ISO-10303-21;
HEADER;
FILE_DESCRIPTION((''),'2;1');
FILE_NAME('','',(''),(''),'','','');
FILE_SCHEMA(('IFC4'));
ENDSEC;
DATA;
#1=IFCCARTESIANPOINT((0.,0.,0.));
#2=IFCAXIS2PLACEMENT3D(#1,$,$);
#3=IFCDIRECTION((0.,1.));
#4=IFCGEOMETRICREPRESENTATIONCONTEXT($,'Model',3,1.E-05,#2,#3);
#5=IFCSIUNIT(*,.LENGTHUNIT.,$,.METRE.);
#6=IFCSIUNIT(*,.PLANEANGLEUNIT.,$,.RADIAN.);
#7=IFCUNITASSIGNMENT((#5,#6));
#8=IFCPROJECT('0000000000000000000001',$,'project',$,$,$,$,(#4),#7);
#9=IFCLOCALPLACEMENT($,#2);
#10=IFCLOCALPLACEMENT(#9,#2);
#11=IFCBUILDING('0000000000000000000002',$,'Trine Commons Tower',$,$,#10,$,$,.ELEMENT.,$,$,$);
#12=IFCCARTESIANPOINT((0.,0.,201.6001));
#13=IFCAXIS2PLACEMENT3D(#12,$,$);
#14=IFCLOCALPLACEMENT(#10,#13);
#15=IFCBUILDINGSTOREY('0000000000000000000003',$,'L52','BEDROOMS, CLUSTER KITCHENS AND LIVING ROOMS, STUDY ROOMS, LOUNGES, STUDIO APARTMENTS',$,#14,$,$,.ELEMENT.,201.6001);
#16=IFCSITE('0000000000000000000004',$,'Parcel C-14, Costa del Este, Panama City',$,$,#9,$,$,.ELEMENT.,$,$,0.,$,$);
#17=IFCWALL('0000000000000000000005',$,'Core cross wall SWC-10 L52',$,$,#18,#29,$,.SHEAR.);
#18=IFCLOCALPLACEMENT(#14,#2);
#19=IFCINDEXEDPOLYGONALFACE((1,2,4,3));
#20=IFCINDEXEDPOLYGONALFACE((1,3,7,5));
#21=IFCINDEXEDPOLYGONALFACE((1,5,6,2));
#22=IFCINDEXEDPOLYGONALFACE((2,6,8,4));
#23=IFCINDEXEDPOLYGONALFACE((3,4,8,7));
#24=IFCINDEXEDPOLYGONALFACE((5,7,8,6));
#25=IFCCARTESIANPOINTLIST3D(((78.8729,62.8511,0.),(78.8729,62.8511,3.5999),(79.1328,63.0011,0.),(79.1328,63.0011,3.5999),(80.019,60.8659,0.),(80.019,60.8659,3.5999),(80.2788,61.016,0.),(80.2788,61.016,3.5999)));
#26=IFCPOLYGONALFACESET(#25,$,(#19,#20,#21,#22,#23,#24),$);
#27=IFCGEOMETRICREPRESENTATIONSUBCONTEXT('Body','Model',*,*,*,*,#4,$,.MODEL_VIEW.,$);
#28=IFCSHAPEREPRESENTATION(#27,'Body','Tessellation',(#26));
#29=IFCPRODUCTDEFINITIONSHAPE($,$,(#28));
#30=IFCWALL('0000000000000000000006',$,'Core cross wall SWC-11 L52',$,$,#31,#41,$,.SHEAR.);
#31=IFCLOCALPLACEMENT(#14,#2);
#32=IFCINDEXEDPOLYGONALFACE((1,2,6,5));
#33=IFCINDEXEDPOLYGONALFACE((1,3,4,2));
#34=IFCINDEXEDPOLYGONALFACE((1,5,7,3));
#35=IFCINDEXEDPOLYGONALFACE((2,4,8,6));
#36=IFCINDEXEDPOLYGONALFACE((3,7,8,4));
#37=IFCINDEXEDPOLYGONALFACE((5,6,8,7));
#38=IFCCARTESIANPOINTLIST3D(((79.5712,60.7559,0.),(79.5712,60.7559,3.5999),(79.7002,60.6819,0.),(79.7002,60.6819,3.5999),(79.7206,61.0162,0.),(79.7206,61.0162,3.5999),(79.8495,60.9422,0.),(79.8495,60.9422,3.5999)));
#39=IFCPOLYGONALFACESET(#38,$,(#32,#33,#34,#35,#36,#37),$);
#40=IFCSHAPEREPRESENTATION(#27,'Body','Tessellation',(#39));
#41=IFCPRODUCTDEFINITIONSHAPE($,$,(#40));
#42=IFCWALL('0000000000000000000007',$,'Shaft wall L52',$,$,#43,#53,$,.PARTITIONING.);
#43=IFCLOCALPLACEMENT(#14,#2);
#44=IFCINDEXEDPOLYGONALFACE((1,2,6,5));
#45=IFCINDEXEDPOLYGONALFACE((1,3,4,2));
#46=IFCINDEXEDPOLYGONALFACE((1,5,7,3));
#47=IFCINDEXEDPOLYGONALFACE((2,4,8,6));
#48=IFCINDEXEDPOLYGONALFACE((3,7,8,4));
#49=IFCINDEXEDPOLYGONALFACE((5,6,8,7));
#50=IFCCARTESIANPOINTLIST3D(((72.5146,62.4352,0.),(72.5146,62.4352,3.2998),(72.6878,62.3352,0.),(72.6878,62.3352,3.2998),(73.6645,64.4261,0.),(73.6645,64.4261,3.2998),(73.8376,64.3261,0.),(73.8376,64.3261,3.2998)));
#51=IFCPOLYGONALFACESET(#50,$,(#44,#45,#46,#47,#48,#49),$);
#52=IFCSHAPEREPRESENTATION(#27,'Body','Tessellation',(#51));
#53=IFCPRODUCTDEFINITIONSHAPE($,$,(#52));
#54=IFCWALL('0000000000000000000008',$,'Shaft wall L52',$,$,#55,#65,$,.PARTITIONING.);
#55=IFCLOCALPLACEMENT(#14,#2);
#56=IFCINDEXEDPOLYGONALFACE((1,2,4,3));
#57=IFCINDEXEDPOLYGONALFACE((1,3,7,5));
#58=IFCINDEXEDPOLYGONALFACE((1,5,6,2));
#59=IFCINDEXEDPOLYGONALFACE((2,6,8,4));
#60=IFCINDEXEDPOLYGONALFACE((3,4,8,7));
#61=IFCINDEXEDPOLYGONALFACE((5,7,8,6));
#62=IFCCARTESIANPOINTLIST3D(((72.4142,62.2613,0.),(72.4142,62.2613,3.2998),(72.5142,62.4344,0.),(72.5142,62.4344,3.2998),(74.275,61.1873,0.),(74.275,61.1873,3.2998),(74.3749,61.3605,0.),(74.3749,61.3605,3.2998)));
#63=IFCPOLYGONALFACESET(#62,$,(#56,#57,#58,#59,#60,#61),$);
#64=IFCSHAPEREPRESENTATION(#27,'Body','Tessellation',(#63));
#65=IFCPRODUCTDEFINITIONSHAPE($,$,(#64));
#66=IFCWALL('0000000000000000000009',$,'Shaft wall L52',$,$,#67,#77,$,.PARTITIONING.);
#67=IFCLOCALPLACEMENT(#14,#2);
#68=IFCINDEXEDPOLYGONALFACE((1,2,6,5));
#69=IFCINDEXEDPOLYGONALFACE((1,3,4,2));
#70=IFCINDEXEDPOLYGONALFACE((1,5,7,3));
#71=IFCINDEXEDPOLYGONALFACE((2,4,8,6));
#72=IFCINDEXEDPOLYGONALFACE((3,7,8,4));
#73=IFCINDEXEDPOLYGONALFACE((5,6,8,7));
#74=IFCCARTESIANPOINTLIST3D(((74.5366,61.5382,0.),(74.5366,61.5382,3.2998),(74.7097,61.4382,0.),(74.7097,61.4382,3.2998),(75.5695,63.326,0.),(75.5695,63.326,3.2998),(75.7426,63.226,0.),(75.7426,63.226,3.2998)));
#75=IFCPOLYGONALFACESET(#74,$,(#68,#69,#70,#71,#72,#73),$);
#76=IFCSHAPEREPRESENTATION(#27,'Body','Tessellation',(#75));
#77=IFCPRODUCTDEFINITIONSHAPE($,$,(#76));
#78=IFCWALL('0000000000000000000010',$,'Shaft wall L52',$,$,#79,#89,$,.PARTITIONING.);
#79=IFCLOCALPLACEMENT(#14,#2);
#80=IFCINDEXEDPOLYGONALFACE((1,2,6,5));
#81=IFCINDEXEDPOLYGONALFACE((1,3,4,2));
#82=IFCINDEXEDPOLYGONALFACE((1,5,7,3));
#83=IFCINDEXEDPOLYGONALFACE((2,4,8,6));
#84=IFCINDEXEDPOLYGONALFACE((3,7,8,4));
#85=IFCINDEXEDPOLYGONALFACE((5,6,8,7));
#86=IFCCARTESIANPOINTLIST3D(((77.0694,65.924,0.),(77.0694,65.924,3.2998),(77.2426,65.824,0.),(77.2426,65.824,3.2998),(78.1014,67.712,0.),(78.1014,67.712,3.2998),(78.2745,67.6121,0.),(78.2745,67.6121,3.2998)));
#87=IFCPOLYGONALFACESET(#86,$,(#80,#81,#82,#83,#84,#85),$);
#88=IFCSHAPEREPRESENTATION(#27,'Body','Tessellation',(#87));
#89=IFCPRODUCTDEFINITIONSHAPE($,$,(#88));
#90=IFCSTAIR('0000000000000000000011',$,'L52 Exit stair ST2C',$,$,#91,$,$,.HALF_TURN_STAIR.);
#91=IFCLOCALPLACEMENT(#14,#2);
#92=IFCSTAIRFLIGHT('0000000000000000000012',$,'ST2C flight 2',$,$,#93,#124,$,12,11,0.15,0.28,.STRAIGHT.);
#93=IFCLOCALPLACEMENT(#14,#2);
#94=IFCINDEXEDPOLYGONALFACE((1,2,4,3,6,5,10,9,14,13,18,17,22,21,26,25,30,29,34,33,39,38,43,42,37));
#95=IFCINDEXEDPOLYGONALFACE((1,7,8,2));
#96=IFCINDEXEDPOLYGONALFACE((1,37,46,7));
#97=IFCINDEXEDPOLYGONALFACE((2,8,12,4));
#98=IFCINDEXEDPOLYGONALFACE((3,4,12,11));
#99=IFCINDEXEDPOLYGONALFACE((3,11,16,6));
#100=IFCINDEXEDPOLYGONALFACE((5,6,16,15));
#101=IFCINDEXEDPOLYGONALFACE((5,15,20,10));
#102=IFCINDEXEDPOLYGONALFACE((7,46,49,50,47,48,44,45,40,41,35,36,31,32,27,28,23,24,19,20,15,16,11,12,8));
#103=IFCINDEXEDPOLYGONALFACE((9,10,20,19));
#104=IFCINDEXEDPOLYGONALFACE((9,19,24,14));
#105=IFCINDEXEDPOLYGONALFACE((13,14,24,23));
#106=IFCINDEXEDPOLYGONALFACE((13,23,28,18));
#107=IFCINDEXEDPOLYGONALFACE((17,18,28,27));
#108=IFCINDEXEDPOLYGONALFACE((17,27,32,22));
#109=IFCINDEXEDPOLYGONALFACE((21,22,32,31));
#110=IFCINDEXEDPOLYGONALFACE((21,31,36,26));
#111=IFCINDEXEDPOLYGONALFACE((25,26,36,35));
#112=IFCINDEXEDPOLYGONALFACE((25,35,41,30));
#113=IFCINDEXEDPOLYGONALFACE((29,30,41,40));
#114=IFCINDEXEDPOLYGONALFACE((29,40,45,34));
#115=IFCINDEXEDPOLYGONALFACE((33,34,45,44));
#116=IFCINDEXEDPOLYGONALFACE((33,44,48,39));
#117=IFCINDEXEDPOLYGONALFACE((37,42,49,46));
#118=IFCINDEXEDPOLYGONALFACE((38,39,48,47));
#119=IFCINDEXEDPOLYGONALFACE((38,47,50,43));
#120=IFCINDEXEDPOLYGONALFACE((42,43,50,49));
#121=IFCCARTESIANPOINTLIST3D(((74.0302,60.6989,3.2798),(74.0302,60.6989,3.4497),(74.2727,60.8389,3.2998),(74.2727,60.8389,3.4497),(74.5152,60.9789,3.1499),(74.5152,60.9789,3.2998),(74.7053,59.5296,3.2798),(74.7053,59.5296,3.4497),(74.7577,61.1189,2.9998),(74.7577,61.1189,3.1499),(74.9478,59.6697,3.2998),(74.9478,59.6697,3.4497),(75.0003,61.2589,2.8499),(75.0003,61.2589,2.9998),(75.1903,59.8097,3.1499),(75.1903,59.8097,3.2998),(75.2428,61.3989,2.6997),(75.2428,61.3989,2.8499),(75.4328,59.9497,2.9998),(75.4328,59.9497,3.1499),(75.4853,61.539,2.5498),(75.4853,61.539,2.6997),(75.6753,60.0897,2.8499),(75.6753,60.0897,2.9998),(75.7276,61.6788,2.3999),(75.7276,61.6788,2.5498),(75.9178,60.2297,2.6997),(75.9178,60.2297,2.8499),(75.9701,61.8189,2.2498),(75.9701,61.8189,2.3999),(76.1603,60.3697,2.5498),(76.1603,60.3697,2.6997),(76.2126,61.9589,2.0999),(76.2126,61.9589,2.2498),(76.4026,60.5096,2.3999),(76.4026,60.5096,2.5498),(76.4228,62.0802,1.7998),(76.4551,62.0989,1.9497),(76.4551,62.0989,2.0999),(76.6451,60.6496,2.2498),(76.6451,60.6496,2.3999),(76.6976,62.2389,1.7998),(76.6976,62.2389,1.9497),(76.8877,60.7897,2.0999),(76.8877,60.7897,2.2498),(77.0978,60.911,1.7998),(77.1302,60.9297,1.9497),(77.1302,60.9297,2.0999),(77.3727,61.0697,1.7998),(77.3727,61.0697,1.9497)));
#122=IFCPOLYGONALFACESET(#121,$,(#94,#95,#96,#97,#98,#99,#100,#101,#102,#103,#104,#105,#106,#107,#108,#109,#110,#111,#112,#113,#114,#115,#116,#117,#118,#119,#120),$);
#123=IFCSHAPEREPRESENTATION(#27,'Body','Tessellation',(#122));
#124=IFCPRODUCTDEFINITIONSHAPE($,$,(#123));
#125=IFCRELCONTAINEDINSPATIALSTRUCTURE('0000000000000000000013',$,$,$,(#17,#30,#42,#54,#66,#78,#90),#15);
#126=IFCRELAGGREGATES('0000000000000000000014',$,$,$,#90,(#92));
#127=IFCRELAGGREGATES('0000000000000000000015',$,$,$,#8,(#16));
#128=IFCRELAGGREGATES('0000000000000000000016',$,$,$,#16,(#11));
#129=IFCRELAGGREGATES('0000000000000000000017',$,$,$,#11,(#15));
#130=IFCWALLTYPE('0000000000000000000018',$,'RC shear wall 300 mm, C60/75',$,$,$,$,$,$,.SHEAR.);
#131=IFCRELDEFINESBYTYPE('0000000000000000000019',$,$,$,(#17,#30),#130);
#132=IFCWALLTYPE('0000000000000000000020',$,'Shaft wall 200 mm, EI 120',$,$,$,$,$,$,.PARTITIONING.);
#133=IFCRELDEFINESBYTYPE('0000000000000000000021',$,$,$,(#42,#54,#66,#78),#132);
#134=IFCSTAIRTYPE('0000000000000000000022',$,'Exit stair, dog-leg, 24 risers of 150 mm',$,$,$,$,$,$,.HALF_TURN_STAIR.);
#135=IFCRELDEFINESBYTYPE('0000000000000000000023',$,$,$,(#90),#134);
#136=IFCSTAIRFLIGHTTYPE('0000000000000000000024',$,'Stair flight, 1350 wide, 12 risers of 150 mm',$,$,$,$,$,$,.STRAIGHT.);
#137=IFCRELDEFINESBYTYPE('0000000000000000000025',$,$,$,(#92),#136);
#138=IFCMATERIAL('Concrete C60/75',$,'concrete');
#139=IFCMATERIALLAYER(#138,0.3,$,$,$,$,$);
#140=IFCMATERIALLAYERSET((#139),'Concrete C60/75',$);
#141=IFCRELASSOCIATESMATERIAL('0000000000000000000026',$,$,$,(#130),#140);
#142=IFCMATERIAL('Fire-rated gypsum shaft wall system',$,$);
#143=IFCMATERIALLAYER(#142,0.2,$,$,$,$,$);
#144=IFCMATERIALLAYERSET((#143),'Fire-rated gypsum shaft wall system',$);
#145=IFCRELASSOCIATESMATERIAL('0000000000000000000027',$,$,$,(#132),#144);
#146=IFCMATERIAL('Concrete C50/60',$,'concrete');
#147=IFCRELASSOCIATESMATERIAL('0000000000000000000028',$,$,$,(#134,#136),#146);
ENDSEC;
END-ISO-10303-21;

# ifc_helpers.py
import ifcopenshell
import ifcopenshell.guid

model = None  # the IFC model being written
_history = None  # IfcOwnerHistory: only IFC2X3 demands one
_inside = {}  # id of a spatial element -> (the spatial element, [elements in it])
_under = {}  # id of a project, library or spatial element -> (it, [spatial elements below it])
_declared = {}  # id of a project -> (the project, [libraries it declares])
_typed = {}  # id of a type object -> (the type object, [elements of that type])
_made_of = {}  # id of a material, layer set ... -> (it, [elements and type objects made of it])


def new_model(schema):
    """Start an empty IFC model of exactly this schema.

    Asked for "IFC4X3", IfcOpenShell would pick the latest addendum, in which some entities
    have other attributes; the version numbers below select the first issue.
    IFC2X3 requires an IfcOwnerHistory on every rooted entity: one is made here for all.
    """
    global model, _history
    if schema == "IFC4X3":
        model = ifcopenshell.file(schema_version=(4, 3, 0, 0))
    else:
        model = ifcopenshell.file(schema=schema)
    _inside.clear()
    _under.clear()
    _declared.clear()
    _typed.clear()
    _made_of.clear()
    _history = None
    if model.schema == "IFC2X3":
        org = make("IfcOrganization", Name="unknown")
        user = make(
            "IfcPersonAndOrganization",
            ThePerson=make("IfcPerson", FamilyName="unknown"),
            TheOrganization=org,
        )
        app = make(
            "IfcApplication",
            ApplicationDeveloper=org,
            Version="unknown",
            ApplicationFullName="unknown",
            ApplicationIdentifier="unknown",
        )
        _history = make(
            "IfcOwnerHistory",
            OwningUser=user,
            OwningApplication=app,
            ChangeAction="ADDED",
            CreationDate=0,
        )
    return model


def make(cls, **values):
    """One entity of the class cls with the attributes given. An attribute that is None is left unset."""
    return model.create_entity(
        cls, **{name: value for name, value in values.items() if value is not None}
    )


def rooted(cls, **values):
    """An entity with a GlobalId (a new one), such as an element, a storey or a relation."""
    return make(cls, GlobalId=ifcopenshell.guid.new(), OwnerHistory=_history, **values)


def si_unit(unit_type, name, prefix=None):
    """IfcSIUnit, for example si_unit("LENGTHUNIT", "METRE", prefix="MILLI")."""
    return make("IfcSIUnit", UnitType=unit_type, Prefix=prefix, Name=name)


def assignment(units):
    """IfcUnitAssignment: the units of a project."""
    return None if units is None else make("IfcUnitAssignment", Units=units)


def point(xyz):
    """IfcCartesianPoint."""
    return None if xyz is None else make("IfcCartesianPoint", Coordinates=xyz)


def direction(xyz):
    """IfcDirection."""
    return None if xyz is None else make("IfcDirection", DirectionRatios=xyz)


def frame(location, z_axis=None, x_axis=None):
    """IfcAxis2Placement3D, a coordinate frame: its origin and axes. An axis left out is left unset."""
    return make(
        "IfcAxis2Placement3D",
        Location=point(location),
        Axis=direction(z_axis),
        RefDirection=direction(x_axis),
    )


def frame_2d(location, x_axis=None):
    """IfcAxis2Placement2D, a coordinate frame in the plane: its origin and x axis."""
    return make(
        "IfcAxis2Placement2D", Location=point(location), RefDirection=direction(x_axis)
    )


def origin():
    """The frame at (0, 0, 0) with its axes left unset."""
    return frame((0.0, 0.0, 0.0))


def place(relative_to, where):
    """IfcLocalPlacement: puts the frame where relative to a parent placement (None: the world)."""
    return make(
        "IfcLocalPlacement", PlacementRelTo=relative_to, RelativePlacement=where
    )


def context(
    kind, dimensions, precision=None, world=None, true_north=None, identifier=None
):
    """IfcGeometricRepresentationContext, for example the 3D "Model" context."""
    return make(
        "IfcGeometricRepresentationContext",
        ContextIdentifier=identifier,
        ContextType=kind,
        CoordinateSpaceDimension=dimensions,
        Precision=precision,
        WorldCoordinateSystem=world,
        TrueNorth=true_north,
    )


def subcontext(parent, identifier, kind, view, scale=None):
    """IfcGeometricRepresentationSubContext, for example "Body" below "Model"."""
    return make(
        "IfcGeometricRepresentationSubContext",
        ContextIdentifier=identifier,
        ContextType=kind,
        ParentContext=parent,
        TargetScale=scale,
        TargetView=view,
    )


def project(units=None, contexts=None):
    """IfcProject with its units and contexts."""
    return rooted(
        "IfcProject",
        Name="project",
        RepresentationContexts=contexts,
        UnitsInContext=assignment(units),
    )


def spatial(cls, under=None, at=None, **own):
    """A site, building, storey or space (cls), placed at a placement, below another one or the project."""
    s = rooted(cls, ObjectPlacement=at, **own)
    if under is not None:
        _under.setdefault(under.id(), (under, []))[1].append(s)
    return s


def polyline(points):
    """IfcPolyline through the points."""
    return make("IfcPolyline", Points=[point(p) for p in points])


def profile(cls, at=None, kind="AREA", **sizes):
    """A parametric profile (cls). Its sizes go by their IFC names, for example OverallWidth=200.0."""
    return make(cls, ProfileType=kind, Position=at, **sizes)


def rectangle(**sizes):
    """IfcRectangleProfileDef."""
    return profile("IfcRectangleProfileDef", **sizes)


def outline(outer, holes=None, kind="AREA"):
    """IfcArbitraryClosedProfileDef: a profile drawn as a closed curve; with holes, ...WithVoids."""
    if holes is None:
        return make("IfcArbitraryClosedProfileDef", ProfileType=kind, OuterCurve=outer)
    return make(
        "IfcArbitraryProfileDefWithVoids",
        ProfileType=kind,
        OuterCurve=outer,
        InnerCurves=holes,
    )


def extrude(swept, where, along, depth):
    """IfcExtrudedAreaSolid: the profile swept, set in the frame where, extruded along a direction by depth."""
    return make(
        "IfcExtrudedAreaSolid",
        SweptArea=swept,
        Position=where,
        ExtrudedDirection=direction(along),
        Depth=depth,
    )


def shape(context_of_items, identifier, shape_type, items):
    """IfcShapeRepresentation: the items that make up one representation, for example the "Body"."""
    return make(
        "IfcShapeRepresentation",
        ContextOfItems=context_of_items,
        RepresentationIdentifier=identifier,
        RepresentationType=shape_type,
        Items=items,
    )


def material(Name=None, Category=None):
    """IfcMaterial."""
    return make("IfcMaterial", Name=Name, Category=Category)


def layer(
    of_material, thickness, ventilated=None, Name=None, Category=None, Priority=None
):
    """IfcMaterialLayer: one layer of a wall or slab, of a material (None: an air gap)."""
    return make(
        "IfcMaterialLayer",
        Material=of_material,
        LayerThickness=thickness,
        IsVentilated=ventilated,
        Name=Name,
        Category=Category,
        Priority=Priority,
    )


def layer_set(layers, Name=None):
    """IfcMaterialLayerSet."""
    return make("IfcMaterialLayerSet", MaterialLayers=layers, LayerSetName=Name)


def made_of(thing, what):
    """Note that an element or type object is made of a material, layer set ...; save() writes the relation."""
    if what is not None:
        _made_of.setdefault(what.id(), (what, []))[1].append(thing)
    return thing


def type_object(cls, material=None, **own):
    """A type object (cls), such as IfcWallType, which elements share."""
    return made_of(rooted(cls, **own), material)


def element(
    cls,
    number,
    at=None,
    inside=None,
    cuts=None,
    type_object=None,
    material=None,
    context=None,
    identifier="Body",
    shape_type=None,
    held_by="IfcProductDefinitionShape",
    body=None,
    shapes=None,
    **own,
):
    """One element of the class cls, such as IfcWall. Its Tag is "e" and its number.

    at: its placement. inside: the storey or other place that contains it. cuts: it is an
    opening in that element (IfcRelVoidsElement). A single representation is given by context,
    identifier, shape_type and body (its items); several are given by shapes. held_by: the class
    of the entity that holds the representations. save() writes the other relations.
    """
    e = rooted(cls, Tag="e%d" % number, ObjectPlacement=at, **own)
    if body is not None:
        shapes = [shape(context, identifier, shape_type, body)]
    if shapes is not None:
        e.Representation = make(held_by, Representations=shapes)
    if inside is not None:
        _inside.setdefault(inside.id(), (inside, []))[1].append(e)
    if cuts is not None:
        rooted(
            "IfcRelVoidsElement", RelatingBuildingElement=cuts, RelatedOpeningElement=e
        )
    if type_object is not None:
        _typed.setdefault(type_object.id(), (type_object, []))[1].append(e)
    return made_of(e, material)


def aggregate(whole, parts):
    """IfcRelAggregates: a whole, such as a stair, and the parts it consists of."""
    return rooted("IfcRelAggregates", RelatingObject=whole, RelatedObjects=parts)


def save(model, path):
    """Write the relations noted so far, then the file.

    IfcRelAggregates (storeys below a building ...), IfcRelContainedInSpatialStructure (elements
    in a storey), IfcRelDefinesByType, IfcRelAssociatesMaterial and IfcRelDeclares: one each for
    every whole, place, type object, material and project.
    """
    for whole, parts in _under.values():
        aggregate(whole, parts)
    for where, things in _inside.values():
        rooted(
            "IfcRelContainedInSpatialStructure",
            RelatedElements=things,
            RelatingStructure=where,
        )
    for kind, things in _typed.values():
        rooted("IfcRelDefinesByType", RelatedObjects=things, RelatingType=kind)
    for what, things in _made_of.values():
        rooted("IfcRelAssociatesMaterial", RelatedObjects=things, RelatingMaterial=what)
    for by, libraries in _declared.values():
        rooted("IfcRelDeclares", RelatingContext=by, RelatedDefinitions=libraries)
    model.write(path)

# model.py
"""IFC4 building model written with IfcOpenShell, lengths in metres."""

from ifc_helpers import new_model, si_unit, direction, frame, frame_2d, origin, place, context, subcontext, project, spatial, polyline, rectangle, outline, extrude, material, layer, layer_set, type_object, element, aggregate, save


model = new_model("IFC4")

# Units and contexts
model_context = context("Model", 3, precision=1e-05, world=origin(), true_north=direction((0.0, 1.0)))
body_context = subcontext(model_context, "Body", "Model", "MODEL_VIEW")
ifc_project = project(units=[si_unit("LENGTHUNIT", "METRE"), si_unit("PLANEANGLEUNIT", "RADIAN")], contexts=[model_context])

# Site, building, storey
site_placement = place(None, origin())
site = spatial("IfcSite", under=ifc_project, at=site_placement, Name="Parcel C-14, Costa del Este, Panama City", CompositionType="ELEMENT", RefElevation=0.0)
building_placement = place(site_placement, origin())
building = spatial("IfcBuilding", under=site, at=building_placement, Name="Trine Commons Tower", CompositionType="ELEMENT")
storey_placement = place(building_placement, frame((0.0, 0.0, 201.6001)))
storey = spatial("IfcBuildingStorey", under=building, at=storey_placement, Name="L52", Description="BEDROOMS, CLUSTER KITCHENS AND LIVING ROOMS, STUDY ROOMS, LOUNGES, STUDIO APARTMENTS", CompositionType="ELEMENT", Elevation=201.6001)

# Shared definitions
ifc_material_1 = material(Name="Fire-rated gypsum shaft wall system")
ifc_material_2 = material(Name="Concrete C60/75", Category="concrete")
ifc_layer_1 = layer(ifc_material_2, 0.3)
ifc_layer_set_1 = layer_set([ifc_layer_1], Name="Concrete C60/75")
wall_type_1 = type_object("IfcWallType", Name="RC shear wall 300 mm, C60/75", PredefinedType="SHEAR", material=ifc_layer_set_1)

# Walls
wall_1_placement = place(storey_placement, frame((79.0029, 62.926, 0.0), z_axis=(0.0, 0.0, 1.0), x_axis=(0.499965, -0.866045, 0.0)))
element("IfcWall", 1, at=wall_1_placement, inside=storey, type_object=wall_type_1, Name="Core cross wall SWC-10 L52", PredefinedType="SHEAR", context=body_context, shape_type="SweptSolid", body=[
    extrude(rectangle(XDim=2.2922, YDim=0.3, at=frame_2d((1.146, 0.0))), origin(), (0.0, 0.0, 1.0), 3.5999),
])
wall_2_placement = place(storey_placement, frame((79.646, 60.886, 0.0), z_axis=(0.0, 0.0, 1.0), x_axis=(0.867332, -0.49773, 0.0)))
element("IfcWall", 2, at=wall_2_placement, inside=storey, type_object=wall_type_1, Name="Core cross wall SWC-11 L52", PredefinedType="SHEAR", context=body_context, shape_type="SweptSolid", body=[
    extrude(rectangle(XDim=0.1487, YDim=0.3, at=frame_2d((0.0742, 0.0))), origin(), (0.0, 0.0, 1.0), 3.5999),
])
ifc_layer_2 = layer(ifc_material_1, 0.2)
ifc_layer_set_2 = layer_set([ifc_layer_2], Name="Fire-rated gypsum shaft wall system")
wall_type_2 = type_object("IfcWallType", Name="Shaft wall 200 mm, EI 120", PredefinedType="PARTITIONING", material=ifc_layer_set_2)
wall_3_placement = place(storey_placement, frame((73.751, 64.376, 0.0), z_axis=(0.0, 0.0, 1.0), x_axis=(-0.500136, -0.865947, 0.0)))
element("IfcWall", 3, at=wall_3_placement, inside=storey, type_object=wall_type_2, Name="Shaft wall L52", PredefinedType="PARTITIONING", context=body_context, shape_type="SweptSolid", body=[
    extrude(rectangle(XDim=2.2991, YDim=0.2, at=frame_2d((1.1494, 0.0))), origin(), (0.0, 0.0, 1.0), 3.2998),
])
wall_4_placement = place(storey_placement, frame((74.325, 61.2739, 0.0), z_axis=(0.0, 0.0, 1.0), x_axis=(-0.866102, 0.499867, 0.0)))
element("IfcWall", 4, at=wall_4_placement, inside=storey, type_object=wall_type_2, Name="Shaft wall L52", PredefinedType="PARTITIONING", context=body_context, shape_type="SweptSolid", body=[
    extrude(rectangle(XDim=2.1484, YDim=0.2, at=frame_2d((1.0742, 0.0))), origin(), (0.0, 0.0, 1.0), 3.2998),
])
wall_5_placement = place(storey_placement, frame((75.656, 63.2759, 0.0), z_axis=(0.0, 0.0, 1.0), x_axis=(-0.500272, -0.865868, 0.0)))
element("IfcWall", 5, at=wall_5_placement, inside=storey, type_object=wall_type_2, Name="Shaft wall L52", PredefinedType="PARTITIONING", context=body_context, shape_type="SweptSolid", body=[
    extrude(rectangle(XDim=2.0647, YDim=0.2, at=frame_2d((1.0322, 0.0))), origin(), (0.0, 0.0, 1.0), 3.2998),
])
wall_6_placement = place(storey_placement, frame((77.156, 65.874, 0.0), z_axis=(0.0, 0.0, 1.0), x_axis=(0.499866, 0.866103, 0.0)))
element("IfcWall", 6, at=wall_6_placement, inside=storey, type_object=wall_type_2, Name="Shaft wall L52", PredefinedType="PARTITIONING", context=body_context, shape_type="SweptSolid", body=[
    extrude(rectangle(XDim=2.0645, YDim=0.2, at=frame_2d((1.0322, 0.0))), origin(), (0.0, 0.0, 1.0), 3.2998),
])

# Stair, stair flight
ifc_material_3 = material(Name="Concrete C50/60", Category="concrete")
stair_type = type_object("IfcStairType", Name="Exit stair, dog-leg, 24 risers of 150 mm", PredefinedType="HALF_TURN_STAIR", material=ifc_material_3)
stair_placement = place(storey_placement, origin())
stair = element("IfcStair", 7, at=stair_placement, inside=storey, type_object=stair_type, Name="L52 Exit stair ST2C", PredefinedType="HALF_TURN_STAIR")
stair_flight_type = type_object("IfcStairFlightType", Name="Stair flight, 1350 wide, 12 risers of 150 mm", PredefinedType="STRAIGHT", material=ifc_material_3)
stair_flight_placement = place(storey_placement, frame((77.0352, 61.6543, 1.7998), z_axis=(0.0, 0.0, 1.0), x_axis=(-0.866025, -0.5, 0.0)))
stair_flight = element("IfcStairFlight", 8, at=stair_flight_placement, type_object=stair_flight_type, Name="ST2C flight 2", NumberOfRisers=12, NumberOfTreads=11, PredefinedType="STRAIGHT", RiserHeight=0.15, TreadLength=0.28, context=body_context, shape_type="SweptSolid", body=[
    extrude(outline(polyline([(0.0, 0.0), (0.0, 0.1499), (0.28, 0.1499), (0.28, 0.3), (0.5601, 0.3), (0.5601, 0.45), (0.8401, 0.45), (0.8401, 0.6001), (1.1201, 0.6001), (1.1201, 0.75), (1.3999, 0.75), (1.3999, 0.8999), (1.6799, 0.8999), (1.6799, 1.05), (1.96, 1.05), (1.96, 1.2), (2.24, 1.2), (2.24, 1.3501), (2.52, 1.3501), (2.52, 1.5), (2.8, 1.5), (2.8, 1.6499), (3.0801, 1.6499), (3.0801, 1.8), (3.0801, 1.48), (0.3174, 0.0), (0.0, 0.0)])), frame((0.0, 0.675, 0.0), z_axis=(0.0, -1.0, 0.0), x_axis=(1.0, 0.0, 0.0)), (0.0, 0.0, 1.0), 1.3501),
])
aggregate(stair, [stair_flight])

save(model, "model.ifc")
